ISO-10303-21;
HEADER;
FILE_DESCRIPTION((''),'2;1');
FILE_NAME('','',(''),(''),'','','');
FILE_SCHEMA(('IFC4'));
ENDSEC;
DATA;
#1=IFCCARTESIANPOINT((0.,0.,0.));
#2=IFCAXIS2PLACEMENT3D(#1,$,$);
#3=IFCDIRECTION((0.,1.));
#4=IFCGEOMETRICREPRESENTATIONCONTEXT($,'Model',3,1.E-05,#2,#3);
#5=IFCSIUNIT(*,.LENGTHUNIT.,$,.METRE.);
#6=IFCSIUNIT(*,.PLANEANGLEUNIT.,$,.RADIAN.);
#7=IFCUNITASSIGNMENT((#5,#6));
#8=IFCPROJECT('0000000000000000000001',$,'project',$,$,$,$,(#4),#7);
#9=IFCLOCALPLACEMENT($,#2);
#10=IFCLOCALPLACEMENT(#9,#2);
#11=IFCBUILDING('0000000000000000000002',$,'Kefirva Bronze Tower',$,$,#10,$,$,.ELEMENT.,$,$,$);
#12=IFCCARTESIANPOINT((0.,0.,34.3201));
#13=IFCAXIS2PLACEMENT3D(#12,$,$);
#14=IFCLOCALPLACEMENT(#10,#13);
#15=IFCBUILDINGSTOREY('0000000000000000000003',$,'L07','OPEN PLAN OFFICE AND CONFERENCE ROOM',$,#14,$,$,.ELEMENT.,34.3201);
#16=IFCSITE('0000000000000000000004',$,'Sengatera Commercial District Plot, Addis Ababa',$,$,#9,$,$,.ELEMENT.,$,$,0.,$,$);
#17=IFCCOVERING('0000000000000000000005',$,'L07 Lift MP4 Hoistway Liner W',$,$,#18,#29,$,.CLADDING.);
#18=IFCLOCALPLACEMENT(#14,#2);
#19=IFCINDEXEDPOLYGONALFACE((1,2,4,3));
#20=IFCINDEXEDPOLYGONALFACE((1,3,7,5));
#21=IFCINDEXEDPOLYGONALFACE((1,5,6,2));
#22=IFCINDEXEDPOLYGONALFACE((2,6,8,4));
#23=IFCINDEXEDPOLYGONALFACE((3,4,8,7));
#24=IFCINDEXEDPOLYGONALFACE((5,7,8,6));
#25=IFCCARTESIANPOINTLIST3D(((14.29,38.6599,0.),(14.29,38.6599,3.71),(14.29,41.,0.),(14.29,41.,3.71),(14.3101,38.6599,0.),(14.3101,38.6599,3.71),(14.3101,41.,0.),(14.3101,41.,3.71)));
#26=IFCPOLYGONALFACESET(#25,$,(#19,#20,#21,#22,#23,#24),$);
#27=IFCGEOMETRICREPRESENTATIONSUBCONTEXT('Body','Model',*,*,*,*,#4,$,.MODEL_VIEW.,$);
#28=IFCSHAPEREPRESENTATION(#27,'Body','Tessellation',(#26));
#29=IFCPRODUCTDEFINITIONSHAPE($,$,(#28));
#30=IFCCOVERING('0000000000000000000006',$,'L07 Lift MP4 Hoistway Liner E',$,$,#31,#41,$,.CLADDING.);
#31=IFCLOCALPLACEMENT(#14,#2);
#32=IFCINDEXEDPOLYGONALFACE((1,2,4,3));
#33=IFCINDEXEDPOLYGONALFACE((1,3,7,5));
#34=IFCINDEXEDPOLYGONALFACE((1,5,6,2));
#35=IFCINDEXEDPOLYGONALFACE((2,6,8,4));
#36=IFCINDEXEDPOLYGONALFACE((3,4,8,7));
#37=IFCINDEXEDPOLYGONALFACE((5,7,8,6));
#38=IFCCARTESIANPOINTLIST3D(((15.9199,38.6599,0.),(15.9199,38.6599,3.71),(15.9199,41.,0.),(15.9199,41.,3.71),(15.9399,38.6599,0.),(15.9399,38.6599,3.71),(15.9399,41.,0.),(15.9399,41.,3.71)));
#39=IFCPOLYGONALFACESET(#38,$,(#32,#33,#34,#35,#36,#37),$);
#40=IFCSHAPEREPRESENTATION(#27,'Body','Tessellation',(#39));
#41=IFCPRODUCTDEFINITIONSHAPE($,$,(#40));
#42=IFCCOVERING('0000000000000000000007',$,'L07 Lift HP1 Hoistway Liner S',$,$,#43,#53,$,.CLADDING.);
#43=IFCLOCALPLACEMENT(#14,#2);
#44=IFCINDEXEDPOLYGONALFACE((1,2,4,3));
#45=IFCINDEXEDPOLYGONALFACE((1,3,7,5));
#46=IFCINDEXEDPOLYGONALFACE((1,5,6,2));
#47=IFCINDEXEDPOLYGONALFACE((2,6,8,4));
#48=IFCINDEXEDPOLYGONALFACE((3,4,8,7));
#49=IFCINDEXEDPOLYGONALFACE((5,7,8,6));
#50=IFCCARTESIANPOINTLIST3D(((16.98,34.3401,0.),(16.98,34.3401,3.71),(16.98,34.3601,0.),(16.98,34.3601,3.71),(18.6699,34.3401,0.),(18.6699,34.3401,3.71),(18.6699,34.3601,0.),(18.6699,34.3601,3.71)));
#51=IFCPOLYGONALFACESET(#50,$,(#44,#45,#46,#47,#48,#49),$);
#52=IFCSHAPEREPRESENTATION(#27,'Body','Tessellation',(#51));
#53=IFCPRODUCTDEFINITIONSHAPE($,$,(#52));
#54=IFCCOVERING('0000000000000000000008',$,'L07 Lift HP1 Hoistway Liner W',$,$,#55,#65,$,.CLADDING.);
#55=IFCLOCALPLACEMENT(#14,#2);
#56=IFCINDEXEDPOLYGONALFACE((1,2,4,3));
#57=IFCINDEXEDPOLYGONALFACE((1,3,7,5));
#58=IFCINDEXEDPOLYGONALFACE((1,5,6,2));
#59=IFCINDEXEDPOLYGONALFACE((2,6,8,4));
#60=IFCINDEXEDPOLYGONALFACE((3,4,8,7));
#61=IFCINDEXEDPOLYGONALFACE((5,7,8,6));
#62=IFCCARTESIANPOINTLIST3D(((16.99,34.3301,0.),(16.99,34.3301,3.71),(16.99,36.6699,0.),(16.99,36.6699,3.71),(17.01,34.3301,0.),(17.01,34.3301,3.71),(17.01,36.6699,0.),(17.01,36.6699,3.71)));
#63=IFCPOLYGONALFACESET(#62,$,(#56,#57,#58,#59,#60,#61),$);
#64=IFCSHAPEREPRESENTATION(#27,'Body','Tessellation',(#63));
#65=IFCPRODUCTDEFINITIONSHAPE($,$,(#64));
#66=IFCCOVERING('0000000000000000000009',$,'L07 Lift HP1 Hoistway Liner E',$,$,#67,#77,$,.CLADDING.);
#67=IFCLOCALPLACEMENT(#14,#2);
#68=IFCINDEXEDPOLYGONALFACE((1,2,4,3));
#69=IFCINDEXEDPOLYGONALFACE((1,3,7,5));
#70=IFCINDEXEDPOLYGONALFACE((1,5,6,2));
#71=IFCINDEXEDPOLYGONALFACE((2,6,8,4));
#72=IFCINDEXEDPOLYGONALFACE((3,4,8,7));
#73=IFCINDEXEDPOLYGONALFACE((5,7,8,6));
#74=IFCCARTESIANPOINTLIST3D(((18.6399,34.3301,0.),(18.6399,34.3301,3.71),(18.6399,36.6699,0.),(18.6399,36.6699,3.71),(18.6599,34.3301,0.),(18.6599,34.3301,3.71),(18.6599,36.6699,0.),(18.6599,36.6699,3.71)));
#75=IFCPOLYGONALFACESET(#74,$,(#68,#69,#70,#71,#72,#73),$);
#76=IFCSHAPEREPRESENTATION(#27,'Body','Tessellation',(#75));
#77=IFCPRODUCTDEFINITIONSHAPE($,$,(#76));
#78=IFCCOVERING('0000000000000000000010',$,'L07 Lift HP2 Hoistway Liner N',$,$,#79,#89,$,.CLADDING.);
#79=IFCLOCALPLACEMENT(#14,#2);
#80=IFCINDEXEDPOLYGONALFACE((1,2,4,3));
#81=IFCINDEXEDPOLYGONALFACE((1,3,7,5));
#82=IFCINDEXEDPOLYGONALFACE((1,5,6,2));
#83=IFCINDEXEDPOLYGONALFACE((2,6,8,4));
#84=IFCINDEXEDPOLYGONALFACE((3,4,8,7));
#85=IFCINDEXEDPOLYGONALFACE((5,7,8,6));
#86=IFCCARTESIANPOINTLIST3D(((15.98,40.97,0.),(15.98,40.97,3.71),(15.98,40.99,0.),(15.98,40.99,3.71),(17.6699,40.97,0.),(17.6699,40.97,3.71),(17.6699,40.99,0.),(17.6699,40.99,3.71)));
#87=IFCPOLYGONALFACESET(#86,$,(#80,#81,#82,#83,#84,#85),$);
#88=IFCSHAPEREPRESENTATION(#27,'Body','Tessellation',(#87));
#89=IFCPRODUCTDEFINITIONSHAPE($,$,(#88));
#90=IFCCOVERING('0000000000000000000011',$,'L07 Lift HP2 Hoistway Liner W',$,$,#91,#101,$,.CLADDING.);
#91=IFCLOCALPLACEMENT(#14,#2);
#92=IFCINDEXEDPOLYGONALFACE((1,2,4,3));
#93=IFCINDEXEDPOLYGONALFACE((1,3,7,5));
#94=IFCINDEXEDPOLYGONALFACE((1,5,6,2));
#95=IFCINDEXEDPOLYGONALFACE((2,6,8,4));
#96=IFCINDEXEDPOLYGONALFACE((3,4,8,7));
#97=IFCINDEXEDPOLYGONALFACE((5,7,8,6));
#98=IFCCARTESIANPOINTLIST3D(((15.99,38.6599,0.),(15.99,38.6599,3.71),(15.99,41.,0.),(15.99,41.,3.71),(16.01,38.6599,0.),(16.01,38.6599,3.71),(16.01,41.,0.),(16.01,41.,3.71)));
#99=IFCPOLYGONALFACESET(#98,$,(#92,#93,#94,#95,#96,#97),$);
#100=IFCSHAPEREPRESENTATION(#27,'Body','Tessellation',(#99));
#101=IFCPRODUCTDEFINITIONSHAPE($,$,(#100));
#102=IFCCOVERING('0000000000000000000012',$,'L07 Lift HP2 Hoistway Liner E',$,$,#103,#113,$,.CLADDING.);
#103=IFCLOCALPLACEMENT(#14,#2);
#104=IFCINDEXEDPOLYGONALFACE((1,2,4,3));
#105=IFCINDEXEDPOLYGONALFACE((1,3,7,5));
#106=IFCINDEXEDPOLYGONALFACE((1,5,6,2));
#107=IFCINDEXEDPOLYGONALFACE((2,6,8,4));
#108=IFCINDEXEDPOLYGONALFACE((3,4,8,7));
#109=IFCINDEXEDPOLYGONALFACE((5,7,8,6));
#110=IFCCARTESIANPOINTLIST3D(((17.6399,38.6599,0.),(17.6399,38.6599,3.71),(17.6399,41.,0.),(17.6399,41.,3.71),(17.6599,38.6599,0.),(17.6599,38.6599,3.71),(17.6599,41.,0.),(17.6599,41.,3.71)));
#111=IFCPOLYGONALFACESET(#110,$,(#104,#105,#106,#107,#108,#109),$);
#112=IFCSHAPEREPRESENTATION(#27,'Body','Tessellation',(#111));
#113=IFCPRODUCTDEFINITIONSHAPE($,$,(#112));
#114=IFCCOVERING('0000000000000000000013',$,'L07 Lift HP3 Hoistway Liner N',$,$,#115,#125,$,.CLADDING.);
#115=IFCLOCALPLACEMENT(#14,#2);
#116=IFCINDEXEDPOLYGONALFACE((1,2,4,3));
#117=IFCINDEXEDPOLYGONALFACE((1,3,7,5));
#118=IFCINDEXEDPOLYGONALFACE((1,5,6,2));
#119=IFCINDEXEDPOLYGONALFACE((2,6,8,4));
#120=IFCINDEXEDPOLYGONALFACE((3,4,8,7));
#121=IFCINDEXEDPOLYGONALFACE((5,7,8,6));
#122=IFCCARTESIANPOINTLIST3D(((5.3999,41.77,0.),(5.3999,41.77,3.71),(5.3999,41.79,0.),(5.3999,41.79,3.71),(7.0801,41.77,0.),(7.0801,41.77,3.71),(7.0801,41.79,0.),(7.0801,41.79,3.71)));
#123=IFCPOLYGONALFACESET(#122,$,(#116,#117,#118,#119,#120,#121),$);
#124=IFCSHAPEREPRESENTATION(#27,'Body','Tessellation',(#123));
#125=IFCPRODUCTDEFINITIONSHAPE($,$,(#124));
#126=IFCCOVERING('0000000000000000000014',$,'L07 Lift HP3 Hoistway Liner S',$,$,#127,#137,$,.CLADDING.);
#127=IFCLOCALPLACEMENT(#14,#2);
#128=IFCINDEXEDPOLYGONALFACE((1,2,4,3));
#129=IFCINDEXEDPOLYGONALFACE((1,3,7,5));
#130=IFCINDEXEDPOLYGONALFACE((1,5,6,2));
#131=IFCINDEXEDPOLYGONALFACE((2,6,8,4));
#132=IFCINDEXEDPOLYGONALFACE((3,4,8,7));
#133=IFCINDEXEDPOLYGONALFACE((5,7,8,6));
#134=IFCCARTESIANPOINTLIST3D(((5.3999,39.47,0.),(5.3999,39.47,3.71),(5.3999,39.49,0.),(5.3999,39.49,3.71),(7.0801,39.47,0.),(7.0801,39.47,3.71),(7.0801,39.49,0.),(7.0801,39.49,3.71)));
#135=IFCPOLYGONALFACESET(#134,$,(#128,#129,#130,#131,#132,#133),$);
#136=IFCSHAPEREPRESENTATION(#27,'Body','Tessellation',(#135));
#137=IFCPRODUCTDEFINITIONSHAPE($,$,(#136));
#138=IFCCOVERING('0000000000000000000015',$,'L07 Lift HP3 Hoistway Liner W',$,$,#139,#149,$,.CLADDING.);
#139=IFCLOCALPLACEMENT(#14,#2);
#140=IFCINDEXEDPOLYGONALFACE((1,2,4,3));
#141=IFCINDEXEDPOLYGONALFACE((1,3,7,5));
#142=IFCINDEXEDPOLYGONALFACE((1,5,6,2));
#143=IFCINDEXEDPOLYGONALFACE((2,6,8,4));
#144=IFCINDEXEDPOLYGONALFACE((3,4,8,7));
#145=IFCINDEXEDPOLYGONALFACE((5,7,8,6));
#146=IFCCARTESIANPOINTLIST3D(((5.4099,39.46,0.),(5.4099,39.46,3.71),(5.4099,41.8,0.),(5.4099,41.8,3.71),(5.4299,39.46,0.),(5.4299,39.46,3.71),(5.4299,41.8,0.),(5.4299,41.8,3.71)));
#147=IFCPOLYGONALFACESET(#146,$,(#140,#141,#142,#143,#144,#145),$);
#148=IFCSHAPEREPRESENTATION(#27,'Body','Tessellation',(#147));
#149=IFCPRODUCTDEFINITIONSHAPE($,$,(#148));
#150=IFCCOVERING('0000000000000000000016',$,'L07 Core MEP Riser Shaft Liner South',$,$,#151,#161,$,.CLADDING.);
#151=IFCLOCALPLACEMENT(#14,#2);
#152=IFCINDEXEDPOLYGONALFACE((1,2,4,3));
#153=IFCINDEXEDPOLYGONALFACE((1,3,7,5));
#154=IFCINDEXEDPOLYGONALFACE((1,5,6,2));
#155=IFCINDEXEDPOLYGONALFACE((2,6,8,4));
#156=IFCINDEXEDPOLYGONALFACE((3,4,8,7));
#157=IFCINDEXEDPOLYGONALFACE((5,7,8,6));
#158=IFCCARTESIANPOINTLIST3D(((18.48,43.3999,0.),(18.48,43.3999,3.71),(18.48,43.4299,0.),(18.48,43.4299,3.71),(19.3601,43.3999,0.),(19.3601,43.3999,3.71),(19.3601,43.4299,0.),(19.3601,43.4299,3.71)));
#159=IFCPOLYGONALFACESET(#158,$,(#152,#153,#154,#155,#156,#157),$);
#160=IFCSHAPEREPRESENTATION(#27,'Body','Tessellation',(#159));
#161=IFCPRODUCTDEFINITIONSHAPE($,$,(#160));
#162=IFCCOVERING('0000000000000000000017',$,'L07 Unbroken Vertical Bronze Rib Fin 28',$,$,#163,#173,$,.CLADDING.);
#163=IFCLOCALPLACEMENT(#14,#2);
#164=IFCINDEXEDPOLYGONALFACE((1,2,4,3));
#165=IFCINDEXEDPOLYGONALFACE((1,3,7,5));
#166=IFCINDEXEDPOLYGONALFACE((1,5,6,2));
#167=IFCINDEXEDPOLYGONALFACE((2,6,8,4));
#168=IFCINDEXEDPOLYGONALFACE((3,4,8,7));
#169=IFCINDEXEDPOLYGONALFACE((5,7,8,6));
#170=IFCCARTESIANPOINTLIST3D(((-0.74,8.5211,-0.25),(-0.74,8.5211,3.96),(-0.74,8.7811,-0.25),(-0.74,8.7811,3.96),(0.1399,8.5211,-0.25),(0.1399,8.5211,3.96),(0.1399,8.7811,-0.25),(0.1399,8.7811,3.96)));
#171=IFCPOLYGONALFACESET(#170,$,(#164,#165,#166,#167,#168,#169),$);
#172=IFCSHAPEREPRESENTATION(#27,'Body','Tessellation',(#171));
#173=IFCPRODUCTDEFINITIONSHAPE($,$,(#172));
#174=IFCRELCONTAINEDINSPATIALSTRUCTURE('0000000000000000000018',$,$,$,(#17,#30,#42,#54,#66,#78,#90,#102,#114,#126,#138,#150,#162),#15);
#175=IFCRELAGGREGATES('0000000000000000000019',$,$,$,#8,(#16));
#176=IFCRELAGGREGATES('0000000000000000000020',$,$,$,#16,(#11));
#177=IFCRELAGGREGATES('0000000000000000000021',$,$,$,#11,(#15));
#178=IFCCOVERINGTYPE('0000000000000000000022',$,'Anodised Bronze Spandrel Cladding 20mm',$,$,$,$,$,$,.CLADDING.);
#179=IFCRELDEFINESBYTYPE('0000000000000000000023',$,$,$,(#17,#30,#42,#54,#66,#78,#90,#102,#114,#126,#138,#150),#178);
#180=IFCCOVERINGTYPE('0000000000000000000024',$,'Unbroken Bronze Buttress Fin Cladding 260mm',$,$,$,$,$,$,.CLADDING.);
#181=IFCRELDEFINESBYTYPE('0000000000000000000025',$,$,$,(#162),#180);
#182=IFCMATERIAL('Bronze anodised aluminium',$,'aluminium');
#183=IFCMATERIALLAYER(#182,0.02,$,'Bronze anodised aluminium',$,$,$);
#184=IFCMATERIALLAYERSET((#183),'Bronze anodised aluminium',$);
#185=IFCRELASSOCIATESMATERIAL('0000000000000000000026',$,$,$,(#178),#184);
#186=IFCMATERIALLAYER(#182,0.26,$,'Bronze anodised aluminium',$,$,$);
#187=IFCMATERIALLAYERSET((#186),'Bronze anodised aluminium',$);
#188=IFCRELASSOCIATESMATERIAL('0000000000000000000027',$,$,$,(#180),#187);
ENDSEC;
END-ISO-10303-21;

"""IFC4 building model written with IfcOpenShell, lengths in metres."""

from ifc_helpers import new_model, si_unit, direction, frame, origin, origin_2d, place, context, subcontext, project, spatial, polyline, rectangle, outline, extrude, material, layer, layer_set, type_object, element, save


model = new_model("IFC4")

# Units and contexts
model_context = context("Model", 3, precision=1e-05, world=origin(), true_north=direction((0.0, 1.0)))
body_context = subcontext(model_context, "Body", "Model", "MODEL_VIEW")
ifc_project = project(units=[si_unit("LENGTHUNIT", "METRE"), si_unit("PLANEANGLEUNIT", "RADIAN")], contexts=[model_context])

# Site, building, storey
site_placement = place(None, origin())
site = spatial("IfcSite", under=ifc_project, at=site_placement, Name="Sengatera Commercial District Plot, Addis Ababa", CompositionType="ELEMENT", RefElevation=0.0)
building_placement = place(site_placement, origin())
building = spatial("IfcBuilding", under=site, at=building_placement, Name="Kefirva Bronze Tower", CompositionType="ELEMENT")
storey_placement = place(building_placement, frame((0.0, 0.0, 34.3201)))
storey = spatial("IfcBuildingStorey", under=building, at=storey_placement, Name="L07", Description="OPEN PLAN OFFICE AND CONFERENCE ROOM", CompositionType="ELEMENT", Elevation=34.3201)

# Coverings
ifc_material = material(Name="Bronze anodised aluminium", Category="aluminium")
ifc_layer_1 = layer(ifc_material, 0.02, Name="Bronze anodised aluminium")
ifc_layer_set_1 = layer_set([ifc_layer_1], Name="Bronze anodised aluminium")
covering_type_1 = type_object("IfcCoveringType", Name="Anodised Bronze Spandrel Cladding 20mm", PredefinedType="CLADDING", material=ifc_layer_set_1)
covering_1_placement = place(storey_placement, origin())
element("IfcCovering", 1, at=covering_1_placement, inside=storey, type_object=covering_type_1, Name="L07 Lift MP4 Hoistway Liner W", PredefinedType="CLADDING", context=body_context, shape_type="SweptSolid", body=[
    extrude(outline(polyline([(14.29, 38.6599), (14.3101, 38.6599), (14.3101, 41.0), (14.29, 41.0), (14.29, 38.6599)])), origin(), (0.0, 0.0, 1.0), 3.71),
])
covering_2_placement = place(storey_placement, origin())
element("IfcCovering", 2, at=covering_2_placement, inside=storey, type_object=covering_type_1, Name="L07 Lift MP4 Hoistway Liner E", PredefinedType="CLADDING", context=body_context, shape_type="SweptSolid", body=[
    extrude(outline(polyline([(15.9199, 38.6599), (15.9399, 38.6599), (15.9399, 41.0), (15.9199, 41.0), (15.9199, 38.6599)])), origin(), (0.0, 0.0, 1.0), 3.71),
])
covering_3_placement = place(storey_placement, origin())
element("IfcCovering", 3, at=covering_3_placement, inside=storey, type_object=covering_type_1, Name="L07 Lift HP1 Hoistway Liner S", PredefinedType="CLADDING", context=body_context, shape_type="SweptSolid", body=[
    extrude(outline(polyline([(16.98, 34.3401), (18.6699, 34.3401), (18.6699, 34.3601), (16.98, 34.3601), (16.98, 34.3401)])), origin(), (0.0, 0.0, 1.0), 3.71),
])
covering_4_placement = place(storey_placement, origin())
element("IfcCovering", 4, at=covering_4_placement, inside=storey, type_object=covering_type_1, Name="L07 Lift HP1 Hoistway Liner W", PredefinedType="CLADDING", context=body_context, shape_type="SweptSolid", body=[
    extrude(outline(polyline([(16.99, 34.3301), (17.01, 34.3301), (17.01, 36.6699), (16.99, 36.6699), (16.99, 34.3301)])), origin(), (0.0, 0.0, 1.0), 3.71),
])
covering_5_placement = place(storey_placement, origin())
element("IfcCovering", 5, at=covering_5_placement, inside=storey, type_object=covering_type_1, Name="L07 Lift HP1 Hoistway Liner E", PredefinedType="CLADDING", context=body_context, shape_type="SweptSolid", body=[
    extrude(outline(polyline([(18.6399, 34.3301), (18.6599, 34.3301), (18.6599, 36.6699), (18.6399, 36.6699), (18.6399, 34.3301)])), origin(), (0.0, 0.0, 1.0), 3.71),
])
covering_6_placement = place(storey_placement, origin())
element("IfcCovering", 6, at=covering_6_placement, inside=storey, type_object=covering_type_1, Name="L07 Lift HP2 Hoistway Liner N", PredefinedType="CLADDING", context=body_context, shape_type="SweptSolid", body=[
    extrude(outline(polyline([(15.98, 40.97), (17.6699, 40.97), (17.6699, 40.99), (15.98, 40.99), (15.98, 40.97)])), origin(), (0.0, 0.0, 1.0), 3.71),
])
covering_7_placement = place(storey_placement, origin())
element("IfcCovering", 7, at=covering_7_placement, inside=storey, type_object=covering_type_1, Name="L07 Lift HP2 Hoistway Liner W", PredefinedType="CLADDING", context=body_context, shape_type="SweptSolid", body=[
    extrude(outline(polyline([(15.99, 38.6599), (16.01, 38.6599), (16.01, 41.0), (15.99, 41.0), (15.99, 38.6599)])), origin(), (0.0, 0.0, 1.0), 3.71),
])
covering_8_placement = place(storey_placement, origin())
element("IfcCovering", 8, at=covering_8_placement, inside=storey, type_object=covering_type_1, Name="L07 Lift HP2 Hoistway Liner E", PredefinedType="CLADDING", context=body_context, shape_type="SweptSolid", body=[
    extrude(outline(polyline([(17.6399, 38.6599), (17.6599, 38.6599), (17.6599, 41.0), (17.6399, 41.0), (17.6399, 38.6599)])), origin(), (0.0, 0.0, 1.0), 3.71),
])
covering_9_placement = place(storey_placement, origin())
element("IfcCovering", 9, at=covering_9_placement, inside=storey, type_object=covering_type_1, Name="L07 Lift HP3 Hoistway Liner N", PredefinedType="CLADDING", context=body_context, shape_type="SweptSolid", body=[
    extrude(outline(polyline([(5.3999, 41.77), (7.0801, 41.77), (7.0801, 41.79), (5.3999, 41.79), (5.3999, 41.77)])), origin(), (0.0, 0.0, 1.0), 3.71),
])
covering_10_placement = place(storey_placement, origin())
element("IfcCovering", 10, at=covering_10_placement, inside=storey, type_object=covering_type_1, Name="L07 Lift HP3 Hoistway Liner S", PredefinedType="CLADDING", context=body_context, shape_type="SweptSolid", body=[
    extrude(outline(polyline([(5.3999, 39.47), (7.0801, 39.47), (7.0801, 39.49), (5.3999, 39.49), (5.3999, 39.47)])), origin(), (0.0, 0.0, 1.0), 3.71),
])
covering_11_placement = place(storey_placement, origin())
element("IfcCovering", 11, at=covering_11_placement, inside=storey, type_object=covering_type_1, Name="L07 Lift HP3 Hoistway Liner W", PredefinedType="CLADDING", context=body_context, shape_type="SweptSolid", body=[
    extrude(outline(polyline([(5.4099, 39.46), (5.4299, 39.46), (5.4299, 41.8), (5.4099, 41.8), (5.4099, 39.46)])), origin(), (0.0, 0.0, 1.0), 3.71),
])
covering_12_placement = place(storey_placement, origin())
element("IfcCovering", 12, at=covering_12_placement, inside=storey, type_object=covering_type_1, Name="L07 Core MEP Riser Shaft Liner South", PredefinedType="CLADDING", context=body_context, shape_type="SweptSolid", body=[
    extrude(outline(polyline([(18.48, 43.3999), (19.3601, 43.3999), (19.3601, 43.4299), (18.48, 43.4299), (18.48, 43.3999)])), origin(), (0.0, 0.0, 1.0), 3.71),
])
ifc_layer_2 = layer(ifc_material, 0.26, Name="Bronze anodised aluminium")
ifc_layer_set_2 = layer_set([ifc_layer_2], Name="Bronze anodised aluminium")
covering_type_2 = type_object("IfcCoveringType", Name="Unbroken Bronze Buttress Fin Cladding 260mm", PredefinedType="CLADDING", material=ifc_layer_set_2)
covering_13_placement = place(storey_placement, frame((-0.3, 8.6511, -0.25), z_axis=(0.0, 0.0, 1.0), x_axis=(0.0, -1.0, 0.0)))
element("IfcCovering", 13, at=covering_13_placement, inside=storey, type_object=covering_type_2, Name="L07 Unbroken Vertical Bronze Rib Fin 28", PredefinedType="CLADDING", context=body_context, shape_type="SweptSolid", body=[
    extrude(rectangle(XDim=0.26, YDim=0.8799, at=origin_2d()), origin(), (0.0, 0.0, 1.0), 4.21),
])

save(model, "model.ifc")
